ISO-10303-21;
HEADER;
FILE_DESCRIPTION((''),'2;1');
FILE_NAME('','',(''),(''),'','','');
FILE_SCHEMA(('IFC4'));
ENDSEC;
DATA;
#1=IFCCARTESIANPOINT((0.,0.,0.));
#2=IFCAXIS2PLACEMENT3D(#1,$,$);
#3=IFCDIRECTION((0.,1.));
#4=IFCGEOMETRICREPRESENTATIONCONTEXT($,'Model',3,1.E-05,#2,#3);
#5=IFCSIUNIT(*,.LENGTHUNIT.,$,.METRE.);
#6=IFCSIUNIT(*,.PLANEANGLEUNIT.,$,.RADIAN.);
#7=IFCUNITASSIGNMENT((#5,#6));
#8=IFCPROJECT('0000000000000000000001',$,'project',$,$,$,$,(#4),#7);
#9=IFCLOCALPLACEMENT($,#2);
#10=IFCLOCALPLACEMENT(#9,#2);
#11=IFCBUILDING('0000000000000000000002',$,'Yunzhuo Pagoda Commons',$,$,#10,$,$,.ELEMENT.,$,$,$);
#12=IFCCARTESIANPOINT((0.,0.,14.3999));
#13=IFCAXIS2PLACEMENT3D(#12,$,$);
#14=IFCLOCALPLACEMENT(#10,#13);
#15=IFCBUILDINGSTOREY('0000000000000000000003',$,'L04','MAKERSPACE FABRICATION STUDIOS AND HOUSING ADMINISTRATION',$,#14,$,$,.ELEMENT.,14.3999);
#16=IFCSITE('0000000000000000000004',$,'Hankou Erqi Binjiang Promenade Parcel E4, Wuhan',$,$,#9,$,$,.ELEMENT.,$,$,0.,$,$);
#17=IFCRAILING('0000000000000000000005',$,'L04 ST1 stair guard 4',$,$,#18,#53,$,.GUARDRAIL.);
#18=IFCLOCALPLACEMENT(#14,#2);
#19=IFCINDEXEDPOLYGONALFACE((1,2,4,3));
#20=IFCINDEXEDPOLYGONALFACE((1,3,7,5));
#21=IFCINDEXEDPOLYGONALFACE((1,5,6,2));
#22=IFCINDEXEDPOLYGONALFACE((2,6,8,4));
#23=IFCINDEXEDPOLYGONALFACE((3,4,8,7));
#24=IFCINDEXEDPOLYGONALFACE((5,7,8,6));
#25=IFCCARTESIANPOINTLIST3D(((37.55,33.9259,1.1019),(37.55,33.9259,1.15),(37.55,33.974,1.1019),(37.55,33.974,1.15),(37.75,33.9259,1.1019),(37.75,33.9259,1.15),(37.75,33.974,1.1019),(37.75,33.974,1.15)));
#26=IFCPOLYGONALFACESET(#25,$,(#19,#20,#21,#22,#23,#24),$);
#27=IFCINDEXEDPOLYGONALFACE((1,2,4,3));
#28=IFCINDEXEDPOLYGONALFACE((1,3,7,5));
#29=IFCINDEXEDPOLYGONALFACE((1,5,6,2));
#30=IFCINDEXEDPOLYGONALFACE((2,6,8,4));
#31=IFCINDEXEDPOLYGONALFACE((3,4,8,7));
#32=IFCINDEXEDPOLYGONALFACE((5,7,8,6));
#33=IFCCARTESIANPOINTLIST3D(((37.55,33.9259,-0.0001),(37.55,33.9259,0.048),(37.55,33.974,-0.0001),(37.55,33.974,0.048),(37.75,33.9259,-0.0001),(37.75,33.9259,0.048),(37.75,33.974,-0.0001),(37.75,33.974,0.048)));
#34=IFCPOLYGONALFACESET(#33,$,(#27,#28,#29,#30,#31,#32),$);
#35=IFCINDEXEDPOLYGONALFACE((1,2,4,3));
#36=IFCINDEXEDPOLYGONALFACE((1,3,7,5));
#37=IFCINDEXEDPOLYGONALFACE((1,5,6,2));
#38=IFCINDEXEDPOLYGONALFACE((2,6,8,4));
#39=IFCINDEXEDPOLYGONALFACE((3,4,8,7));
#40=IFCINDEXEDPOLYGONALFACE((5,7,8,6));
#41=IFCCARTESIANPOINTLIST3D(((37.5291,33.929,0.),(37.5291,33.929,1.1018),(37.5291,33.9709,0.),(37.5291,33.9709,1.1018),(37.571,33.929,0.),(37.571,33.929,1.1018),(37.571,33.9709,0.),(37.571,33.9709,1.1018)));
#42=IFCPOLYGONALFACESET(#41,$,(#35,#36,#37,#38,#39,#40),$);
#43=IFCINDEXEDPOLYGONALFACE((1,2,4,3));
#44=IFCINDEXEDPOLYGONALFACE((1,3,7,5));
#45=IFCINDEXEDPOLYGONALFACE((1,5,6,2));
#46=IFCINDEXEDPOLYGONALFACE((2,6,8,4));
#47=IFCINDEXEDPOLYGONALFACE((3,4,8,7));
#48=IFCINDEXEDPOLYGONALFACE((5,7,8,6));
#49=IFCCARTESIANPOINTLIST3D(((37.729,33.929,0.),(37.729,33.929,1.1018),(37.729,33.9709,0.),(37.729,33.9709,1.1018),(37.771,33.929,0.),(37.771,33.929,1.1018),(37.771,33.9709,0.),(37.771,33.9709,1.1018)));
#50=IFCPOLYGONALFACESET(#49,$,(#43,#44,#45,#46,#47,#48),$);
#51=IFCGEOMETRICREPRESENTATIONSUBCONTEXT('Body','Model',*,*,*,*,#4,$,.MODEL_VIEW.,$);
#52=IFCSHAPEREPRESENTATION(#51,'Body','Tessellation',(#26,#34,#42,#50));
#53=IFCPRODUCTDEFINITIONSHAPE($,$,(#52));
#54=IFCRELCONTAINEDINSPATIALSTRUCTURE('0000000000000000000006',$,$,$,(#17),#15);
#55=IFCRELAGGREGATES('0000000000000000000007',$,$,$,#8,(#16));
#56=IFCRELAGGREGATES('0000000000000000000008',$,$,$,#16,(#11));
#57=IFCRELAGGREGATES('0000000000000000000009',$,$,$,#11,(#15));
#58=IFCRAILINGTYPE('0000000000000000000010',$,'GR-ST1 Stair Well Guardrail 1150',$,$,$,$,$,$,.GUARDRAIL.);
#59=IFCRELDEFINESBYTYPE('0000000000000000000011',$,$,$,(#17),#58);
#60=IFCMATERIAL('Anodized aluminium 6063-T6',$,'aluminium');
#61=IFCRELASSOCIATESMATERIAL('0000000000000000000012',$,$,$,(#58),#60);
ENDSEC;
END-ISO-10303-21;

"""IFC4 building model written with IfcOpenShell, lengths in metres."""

from ifc_helpers import new_model, si_unit, direction, frame, origin, origin_2d, place, context, subcontext, project, spatial, rectangle, extrude, material, type_object, element, save


model = new_model("IFC4")

# Units and contexts
model_context = context("Model", 3, precision=1e-05, world=origin(), true_north=direction((0.0, 1.0)))
body_context = subcontext(model_context, "Body", "Model", "MODEL_VIEW")
ifc_project = project(units=[si_unit("LENGTHUNIT", "METRE"), si_unit("PLANEANGLEUNIT", "RADIAN")], contexts=[model_context])

# Site, building, storey
site_placement = place(None, origin())
site = spatial("IfcSite", under=ifc_project, at=site_placement, Name="Hankou Erqi Binjiang Promenade Parcel E4, Wuhan", CompositionType="ELEMENT", RefElevation=0.0)
building_placement = place(site_placement, origin())
building = spatial("IfcBuilding", under=site, at=building_placement, Name="Yunzhuo Pagoda Commons", CompositionType="ELEMENT")
storey_placement = place(building_placement, frame((0.0, 0.0, 14.3999)))
storey = spatial("IfcBuildingStorey", under=building, at=storey_placement, Name="L04", Description="MAKERSPACE FABRICATION STUDIOS AND HOUSING ADMINISTRATION", CompositionType="ELEMENT", Elevation=14.3999)

# Railing
ifc_material_1 = material(Name="Anodized aluminium 6063-T6", Category="aluminium")
railing_type = type_object("IfcRailingType", Name="GR-ST1 Stair Well Guardrail 1150", PredefinedType="GUARDRAIL", material=ifc_material_1)
railing_placement = place(storey_placement, frame((37.55, 33.95, 0.0)))
element("IfcRailing", 1, at=railing_placement, inside=storey, type_object=railing_type, Name="L04 ST1 stair guard 4", PredefinedType="GUARDRAIL", context=body_context, shape_type="SweptSolid", body=[
    extrude(rectangle(XDim=0.0481, YDim=0.0481, at=origin_2d()), frame((0.0, 0.0, 1.126), z_axis=(1.0, 0.0, 0.0), x_axis=(0.0, 1.0, 0.0)), (0.0, 0.0, 1.0), 0.2),
    extrude(rectangle(XDim=0.0481, YDim=0.0481, at=origin_2d()), frame((0.0, 0.0, 0.0239), z_axis=(1.0, 0.0, 0.0), x_axis=(0.0, 1.0, 0.0)), (0.0, 0.0, 1.0), 0.2),
    extrude(rectangle(XDim=0.042, YDim=0.042, at=origin_2d()), origin(), (0.0, 0.0, 1.0), 1.1018),
    extrude(rectangle(XDim=0.042, YDim=0.042, at=origin_2d()), frame((0.2, 0.0, 0.0)), (0.0, 0.0, 1.0), 1.1018),
])

save(model, "model.ifc")
